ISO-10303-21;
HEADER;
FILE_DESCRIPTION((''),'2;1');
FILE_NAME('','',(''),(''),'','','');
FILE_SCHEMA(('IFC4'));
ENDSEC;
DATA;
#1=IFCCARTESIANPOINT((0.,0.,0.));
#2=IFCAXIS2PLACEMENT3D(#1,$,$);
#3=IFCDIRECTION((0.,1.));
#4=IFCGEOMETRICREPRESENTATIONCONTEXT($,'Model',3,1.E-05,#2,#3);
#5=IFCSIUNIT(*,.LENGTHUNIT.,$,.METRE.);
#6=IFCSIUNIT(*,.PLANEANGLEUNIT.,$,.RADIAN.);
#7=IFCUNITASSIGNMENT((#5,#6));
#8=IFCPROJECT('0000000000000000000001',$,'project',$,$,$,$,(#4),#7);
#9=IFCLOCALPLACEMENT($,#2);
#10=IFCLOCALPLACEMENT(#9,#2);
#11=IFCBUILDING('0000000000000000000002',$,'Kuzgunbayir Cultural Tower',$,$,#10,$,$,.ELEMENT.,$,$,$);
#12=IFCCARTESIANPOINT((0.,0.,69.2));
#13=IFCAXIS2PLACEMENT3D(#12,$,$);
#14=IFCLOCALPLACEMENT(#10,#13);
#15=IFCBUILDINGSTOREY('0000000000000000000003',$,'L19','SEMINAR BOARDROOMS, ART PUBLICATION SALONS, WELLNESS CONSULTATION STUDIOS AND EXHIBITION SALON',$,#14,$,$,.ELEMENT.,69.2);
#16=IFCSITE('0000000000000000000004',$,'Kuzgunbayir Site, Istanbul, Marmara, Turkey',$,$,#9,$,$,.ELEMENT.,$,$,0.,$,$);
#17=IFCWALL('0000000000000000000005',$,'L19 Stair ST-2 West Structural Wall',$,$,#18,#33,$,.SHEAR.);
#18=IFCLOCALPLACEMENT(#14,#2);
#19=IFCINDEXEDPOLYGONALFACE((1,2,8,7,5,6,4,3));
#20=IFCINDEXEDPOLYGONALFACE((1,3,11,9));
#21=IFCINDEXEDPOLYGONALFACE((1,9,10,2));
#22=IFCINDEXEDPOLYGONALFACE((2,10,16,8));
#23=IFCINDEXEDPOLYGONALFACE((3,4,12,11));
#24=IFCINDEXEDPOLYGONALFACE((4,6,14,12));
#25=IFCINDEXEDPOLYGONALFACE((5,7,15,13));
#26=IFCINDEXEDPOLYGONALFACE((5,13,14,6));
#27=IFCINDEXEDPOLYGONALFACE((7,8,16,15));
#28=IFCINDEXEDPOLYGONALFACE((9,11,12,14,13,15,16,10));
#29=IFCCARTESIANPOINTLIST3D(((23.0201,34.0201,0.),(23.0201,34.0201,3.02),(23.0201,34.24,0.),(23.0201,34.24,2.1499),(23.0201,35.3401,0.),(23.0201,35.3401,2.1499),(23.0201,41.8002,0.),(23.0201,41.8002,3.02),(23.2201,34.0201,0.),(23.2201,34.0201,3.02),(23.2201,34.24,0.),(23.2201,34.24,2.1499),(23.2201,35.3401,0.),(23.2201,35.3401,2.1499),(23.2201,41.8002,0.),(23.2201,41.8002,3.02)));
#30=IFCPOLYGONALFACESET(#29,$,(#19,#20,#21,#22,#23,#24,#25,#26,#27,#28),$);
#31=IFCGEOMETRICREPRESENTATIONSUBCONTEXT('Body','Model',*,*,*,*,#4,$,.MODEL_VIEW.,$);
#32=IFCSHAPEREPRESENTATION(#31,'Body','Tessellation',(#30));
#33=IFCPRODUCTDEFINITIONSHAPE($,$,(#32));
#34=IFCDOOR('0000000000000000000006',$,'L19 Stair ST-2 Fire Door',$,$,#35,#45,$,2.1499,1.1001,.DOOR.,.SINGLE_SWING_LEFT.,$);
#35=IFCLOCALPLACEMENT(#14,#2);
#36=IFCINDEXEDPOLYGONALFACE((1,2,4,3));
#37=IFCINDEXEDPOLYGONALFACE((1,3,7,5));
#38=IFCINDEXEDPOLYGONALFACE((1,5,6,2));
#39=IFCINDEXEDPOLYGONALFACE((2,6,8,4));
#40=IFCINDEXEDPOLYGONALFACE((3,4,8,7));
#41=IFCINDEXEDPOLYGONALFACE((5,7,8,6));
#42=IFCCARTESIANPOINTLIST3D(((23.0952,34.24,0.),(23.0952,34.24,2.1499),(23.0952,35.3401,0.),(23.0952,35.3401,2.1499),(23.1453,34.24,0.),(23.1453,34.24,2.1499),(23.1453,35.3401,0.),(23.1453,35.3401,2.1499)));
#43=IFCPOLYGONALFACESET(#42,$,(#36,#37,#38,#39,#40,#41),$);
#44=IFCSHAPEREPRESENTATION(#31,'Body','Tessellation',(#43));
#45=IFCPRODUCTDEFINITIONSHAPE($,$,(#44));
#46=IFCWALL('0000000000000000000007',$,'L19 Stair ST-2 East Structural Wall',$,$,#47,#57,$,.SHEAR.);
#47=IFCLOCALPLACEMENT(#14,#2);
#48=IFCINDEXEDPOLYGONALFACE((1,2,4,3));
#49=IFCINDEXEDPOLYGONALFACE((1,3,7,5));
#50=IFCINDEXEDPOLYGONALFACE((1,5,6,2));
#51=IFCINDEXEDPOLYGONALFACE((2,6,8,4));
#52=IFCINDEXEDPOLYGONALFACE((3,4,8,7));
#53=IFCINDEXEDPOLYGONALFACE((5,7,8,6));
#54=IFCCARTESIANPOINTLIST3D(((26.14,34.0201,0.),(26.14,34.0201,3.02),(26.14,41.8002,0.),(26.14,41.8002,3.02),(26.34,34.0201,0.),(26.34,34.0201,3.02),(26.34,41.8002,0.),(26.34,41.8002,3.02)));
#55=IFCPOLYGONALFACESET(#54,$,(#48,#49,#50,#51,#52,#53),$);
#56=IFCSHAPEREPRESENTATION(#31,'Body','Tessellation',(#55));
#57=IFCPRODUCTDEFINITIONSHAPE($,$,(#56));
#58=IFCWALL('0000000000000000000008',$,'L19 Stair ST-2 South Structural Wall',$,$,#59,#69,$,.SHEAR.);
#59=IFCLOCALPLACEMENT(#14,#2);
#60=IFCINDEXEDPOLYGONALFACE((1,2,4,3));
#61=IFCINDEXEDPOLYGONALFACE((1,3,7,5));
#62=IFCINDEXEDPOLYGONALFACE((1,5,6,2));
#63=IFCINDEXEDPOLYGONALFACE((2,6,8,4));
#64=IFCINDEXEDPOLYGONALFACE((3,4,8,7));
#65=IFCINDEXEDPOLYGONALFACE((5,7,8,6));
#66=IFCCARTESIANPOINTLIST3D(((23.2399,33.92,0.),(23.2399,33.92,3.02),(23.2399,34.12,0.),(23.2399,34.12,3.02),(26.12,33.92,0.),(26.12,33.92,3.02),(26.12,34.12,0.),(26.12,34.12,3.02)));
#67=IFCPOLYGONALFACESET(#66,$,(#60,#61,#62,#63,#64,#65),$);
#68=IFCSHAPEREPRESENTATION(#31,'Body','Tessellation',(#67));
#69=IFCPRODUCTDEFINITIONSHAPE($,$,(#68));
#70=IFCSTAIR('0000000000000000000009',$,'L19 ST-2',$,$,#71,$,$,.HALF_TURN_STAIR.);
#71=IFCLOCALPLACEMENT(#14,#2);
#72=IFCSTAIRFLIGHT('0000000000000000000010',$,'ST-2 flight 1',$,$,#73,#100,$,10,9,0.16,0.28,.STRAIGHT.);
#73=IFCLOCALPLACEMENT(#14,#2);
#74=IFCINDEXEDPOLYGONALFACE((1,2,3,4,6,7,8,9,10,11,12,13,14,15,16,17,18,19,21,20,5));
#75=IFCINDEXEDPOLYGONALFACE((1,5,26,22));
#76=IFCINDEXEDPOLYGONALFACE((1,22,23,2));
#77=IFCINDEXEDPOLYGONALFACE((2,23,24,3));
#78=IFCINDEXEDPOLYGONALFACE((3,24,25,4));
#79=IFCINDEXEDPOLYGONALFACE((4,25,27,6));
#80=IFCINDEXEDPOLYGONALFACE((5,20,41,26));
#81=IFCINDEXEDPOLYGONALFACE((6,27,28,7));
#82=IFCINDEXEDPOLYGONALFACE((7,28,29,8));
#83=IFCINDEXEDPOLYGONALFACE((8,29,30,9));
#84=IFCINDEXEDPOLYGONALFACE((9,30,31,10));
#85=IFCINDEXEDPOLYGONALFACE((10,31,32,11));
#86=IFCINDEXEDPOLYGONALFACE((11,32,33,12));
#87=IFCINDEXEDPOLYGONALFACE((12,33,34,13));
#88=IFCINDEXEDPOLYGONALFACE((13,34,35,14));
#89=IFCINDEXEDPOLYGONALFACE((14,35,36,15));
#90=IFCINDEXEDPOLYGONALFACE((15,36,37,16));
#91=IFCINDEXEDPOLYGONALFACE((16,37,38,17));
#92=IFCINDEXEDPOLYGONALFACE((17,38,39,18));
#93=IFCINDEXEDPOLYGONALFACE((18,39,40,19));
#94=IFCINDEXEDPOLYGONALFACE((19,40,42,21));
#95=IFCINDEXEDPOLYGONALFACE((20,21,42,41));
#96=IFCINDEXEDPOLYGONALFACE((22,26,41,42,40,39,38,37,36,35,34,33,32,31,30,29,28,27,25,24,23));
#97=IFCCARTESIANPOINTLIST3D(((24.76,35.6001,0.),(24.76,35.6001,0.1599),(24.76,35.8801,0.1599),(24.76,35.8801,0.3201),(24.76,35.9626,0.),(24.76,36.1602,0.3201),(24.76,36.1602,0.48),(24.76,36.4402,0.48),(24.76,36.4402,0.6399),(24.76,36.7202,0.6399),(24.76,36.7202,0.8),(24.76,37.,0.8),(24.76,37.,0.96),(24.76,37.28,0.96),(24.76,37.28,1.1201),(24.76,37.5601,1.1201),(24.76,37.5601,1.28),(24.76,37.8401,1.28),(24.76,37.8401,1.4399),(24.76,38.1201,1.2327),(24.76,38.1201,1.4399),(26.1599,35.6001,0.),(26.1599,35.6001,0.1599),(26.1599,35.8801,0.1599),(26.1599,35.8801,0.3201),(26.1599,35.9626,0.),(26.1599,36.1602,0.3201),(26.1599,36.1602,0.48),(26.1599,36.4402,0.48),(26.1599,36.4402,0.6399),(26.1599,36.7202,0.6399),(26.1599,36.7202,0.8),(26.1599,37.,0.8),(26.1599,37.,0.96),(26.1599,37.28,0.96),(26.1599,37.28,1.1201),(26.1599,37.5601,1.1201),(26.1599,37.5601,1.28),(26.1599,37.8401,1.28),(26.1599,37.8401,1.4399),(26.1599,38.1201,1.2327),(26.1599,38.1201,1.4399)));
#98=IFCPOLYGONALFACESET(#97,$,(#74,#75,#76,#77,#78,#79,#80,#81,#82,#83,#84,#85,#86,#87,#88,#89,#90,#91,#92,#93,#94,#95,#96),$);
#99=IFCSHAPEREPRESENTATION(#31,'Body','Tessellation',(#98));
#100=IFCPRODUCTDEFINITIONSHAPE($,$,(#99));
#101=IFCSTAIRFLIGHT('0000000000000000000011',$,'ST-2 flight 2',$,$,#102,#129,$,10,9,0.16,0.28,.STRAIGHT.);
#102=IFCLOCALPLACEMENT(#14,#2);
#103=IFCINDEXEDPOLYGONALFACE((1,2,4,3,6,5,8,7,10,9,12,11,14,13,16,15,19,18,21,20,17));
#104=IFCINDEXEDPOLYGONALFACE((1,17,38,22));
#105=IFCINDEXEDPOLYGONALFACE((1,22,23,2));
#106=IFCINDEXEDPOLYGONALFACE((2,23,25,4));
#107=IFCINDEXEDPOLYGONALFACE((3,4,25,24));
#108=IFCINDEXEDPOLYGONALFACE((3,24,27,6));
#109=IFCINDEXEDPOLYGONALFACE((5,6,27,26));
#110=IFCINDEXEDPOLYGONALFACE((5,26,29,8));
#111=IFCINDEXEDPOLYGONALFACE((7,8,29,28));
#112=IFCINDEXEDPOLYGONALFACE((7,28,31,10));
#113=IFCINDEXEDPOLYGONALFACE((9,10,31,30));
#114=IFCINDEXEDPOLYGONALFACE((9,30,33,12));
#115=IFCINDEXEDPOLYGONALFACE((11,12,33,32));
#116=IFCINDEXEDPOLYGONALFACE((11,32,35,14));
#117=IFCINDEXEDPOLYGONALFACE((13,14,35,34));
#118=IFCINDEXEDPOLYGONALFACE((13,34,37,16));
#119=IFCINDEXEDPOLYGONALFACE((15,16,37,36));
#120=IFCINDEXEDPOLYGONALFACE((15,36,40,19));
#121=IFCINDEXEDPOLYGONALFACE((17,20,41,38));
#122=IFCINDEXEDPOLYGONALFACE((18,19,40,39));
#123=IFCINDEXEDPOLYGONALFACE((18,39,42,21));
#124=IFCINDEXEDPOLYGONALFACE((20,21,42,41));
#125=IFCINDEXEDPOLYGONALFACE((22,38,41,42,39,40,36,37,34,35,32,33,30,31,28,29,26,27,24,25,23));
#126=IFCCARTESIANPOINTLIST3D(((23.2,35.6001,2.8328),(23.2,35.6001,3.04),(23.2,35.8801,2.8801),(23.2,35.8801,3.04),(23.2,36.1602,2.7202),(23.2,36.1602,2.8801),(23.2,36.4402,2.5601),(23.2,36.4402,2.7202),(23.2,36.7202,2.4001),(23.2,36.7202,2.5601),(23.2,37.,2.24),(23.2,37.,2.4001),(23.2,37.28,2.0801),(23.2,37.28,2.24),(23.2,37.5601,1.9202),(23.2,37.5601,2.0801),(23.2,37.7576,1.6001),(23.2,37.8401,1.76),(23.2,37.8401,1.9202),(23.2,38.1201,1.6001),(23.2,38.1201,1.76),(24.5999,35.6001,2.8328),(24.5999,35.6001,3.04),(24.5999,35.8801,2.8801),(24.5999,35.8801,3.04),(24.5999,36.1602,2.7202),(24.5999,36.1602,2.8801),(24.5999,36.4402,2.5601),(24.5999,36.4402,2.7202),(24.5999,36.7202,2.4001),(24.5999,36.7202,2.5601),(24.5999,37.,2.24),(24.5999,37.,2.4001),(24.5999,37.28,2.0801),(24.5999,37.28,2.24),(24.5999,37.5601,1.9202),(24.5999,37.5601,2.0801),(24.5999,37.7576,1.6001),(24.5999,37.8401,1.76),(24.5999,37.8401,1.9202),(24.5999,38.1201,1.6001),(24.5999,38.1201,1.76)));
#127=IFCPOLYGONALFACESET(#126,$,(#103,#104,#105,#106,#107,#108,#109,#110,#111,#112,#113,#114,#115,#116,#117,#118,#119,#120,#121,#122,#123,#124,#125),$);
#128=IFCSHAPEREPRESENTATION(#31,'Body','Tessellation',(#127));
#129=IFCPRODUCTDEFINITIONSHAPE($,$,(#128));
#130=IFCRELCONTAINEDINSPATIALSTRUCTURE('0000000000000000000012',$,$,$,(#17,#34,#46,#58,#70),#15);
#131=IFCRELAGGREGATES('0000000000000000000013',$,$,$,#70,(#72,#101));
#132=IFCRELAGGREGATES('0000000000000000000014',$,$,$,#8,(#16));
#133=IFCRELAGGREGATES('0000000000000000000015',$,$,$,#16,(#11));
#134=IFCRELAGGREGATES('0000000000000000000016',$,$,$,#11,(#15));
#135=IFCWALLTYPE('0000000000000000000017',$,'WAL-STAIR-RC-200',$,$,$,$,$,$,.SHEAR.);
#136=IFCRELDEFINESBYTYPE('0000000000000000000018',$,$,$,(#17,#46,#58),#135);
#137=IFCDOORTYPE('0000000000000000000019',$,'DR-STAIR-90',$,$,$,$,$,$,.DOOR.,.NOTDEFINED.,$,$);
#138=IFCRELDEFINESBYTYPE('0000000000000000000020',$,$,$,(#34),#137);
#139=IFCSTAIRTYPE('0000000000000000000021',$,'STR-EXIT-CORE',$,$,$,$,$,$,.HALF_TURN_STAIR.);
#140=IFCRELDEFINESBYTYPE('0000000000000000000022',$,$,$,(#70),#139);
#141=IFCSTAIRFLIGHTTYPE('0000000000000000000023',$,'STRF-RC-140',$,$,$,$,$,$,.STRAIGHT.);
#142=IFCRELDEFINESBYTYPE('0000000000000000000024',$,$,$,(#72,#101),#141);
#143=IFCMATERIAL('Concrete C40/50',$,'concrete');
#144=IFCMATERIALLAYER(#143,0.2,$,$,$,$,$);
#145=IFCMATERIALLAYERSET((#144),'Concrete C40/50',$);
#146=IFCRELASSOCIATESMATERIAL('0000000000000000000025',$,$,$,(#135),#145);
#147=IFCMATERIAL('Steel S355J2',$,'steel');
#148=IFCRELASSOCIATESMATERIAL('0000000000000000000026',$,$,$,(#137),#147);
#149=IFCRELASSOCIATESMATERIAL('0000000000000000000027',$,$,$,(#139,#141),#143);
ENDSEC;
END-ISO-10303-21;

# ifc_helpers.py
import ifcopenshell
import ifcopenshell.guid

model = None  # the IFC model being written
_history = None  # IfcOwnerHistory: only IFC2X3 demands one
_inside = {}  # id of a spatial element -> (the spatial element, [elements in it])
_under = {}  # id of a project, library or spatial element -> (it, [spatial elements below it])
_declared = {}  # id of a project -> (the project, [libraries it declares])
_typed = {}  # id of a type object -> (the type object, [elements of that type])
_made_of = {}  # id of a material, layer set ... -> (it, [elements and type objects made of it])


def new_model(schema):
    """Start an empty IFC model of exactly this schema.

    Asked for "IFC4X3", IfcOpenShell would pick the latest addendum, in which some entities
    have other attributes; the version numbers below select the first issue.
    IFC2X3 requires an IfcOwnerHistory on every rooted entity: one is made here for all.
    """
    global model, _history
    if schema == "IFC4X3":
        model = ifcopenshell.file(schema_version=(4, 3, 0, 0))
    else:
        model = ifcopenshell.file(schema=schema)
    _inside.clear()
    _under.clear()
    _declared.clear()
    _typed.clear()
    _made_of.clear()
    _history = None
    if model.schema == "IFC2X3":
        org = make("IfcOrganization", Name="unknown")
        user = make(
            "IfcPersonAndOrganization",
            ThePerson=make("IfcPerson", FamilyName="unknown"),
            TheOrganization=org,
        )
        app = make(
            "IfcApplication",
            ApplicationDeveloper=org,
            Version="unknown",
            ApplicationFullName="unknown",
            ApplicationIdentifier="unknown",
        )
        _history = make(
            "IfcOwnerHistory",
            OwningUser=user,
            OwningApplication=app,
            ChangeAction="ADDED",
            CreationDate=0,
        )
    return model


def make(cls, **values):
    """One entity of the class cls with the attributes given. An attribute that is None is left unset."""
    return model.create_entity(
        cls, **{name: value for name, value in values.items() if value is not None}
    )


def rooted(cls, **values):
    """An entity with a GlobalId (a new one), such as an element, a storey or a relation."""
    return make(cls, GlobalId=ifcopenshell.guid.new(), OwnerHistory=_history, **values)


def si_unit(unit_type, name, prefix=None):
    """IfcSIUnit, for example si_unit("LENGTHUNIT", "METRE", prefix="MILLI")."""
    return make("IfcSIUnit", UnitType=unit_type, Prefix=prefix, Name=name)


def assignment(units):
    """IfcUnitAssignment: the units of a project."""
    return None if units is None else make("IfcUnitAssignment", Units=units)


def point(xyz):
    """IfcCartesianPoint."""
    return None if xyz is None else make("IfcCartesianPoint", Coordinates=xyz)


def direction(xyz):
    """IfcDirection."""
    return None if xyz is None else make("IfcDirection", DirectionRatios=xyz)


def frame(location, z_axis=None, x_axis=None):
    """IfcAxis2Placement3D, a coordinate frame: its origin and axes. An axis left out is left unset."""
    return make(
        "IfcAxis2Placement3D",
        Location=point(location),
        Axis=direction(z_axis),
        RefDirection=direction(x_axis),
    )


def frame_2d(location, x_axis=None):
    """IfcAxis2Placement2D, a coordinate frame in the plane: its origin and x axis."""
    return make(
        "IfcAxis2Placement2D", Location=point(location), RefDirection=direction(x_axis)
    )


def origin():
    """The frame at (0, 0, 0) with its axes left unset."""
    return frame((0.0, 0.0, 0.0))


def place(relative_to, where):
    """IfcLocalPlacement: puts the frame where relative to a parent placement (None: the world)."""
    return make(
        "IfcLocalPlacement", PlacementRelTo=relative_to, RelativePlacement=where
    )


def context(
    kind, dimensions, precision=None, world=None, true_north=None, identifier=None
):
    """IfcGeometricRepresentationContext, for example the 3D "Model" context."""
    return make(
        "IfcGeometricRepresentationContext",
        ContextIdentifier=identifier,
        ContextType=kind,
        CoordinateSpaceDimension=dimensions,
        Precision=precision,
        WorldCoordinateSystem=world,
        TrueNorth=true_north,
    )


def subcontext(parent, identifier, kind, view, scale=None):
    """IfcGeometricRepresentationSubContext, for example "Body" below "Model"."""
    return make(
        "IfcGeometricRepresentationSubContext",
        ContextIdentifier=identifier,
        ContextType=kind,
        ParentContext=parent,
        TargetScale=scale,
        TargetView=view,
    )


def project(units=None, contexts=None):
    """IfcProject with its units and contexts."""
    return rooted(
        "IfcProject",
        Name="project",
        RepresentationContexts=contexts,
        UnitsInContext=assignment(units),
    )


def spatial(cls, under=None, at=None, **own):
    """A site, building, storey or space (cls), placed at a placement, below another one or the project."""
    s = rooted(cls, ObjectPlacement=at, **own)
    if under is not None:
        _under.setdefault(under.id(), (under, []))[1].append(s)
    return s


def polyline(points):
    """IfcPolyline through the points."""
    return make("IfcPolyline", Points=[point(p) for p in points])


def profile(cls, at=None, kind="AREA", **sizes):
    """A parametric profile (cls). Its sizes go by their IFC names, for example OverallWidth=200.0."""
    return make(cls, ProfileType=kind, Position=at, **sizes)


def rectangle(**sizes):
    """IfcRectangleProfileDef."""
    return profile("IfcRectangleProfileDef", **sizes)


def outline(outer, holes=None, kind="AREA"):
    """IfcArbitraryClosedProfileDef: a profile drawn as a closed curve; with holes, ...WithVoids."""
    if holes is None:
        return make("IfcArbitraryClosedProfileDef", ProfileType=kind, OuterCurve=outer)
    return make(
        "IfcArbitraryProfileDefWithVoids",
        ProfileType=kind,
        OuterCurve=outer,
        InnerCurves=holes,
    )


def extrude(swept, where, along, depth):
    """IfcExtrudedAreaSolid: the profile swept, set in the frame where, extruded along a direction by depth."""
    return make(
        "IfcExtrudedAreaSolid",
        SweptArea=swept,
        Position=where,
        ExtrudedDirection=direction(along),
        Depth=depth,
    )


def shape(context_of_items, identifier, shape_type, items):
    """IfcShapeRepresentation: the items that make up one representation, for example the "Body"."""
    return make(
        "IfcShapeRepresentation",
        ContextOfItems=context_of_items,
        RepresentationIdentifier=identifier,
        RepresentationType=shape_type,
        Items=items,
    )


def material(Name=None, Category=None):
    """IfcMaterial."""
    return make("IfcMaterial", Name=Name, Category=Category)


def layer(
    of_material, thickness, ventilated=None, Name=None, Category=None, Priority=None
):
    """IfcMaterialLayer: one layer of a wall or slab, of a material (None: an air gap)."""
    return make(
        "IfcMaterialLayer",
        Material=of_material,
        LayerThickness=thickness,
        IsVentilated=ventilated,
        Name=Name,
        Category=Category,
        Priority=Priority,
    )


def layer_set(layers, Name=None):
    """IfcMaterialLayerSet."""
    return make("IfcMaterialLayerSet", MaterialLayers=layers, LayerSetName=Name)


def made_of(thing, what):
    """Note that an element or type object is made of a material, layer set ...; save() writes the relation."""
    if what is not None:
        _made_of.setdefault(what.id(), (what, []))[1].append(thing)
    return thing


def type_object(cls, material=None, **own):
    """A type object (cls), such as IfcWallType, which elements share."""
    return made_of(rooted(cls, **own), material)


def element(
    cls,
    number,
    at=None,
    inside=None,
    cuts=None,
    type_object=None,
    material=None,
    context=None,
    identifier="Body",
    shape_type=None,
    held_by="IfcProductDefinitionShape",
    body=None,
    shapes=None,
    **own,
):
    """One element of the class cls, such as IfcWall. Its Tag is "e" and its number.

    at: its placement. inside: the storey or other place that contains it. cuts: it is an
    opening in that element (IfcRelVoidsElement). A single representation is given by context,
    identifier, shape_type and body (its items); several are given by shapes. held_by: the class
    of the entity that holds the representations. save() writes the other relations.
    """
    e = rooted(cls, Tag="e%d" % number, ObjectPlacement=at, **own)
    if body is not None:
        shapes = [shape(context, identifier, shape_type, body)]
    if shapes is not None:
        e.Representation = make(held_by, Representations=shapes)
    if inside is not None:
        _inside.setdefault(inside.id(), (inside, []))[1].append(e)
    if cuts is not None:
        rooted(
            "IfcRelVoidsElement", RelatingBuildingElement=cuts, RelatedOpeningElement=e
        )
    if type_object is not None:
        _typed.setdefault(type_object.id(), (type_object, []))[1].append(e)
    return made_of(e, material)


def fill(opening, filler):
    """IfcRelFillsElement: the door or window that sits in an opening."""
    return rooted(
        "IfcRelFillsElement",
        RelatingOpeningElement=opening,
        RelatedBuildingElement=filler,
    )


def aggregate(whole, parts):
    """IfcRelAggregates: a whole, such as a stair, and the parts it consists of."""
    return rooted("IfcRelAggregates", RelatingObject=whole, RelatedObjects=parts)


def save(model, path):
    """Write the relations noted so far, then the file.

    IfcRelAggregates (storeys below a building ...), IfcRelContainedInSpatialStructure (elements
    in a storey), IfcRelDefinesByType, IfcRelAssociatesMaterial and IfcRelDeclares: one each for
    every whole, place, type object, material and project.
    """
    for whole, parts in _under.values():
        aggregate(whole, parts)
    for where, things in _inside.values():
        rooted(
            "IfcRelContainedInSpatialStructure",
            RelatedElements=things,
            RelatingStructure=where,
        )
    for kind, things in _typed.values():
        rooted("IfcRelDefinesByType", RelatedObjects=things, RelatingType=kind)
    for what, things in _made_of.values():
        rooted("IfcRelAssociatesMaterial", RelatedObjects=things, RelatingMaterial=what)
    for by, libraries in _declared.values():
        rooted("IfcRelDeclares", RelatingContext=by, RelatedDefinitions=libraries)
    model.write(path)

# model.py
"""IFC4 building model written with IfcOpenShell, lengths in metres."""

from ifc_helpers import new_model, si_unit, direction, frame, frame_2d, origin, place, context, subcontext, project, spatial, polyline, rectangle, outline, extrude, material, layer, layer_set, type_object, element, fill, aggregate, save


model = new_model("IFC4")

# Units and contexts
model_context = context("Model", 3, precision=1e-05, world=origin(), true_north=direction((0.0, 1.0)))
body_context = subcontext(model_context, "Body", "Model", "MODEL_VIEW")
ifc_project = project(units=[si_unit("LENGTHUNIT", "METRE"), si_unit("PLANEANGLEUNIT", "RADIAN")], contexts=[model_context])

# Site, building, storey
site_placement = place(None, origin())
site = spatial("IfcSite", under=ifc_project, at=site_placement, Name="Kuzgunbayir Site, Istanbul, Marmara, Turkey", CompositionType="ELEMENT", RefElevation=0.0)
building_placement = place(site_placement, origin())
building = spatial("IfcBuilding", under=site, at=building_placement, Name="Kuzgunbayir Cultural Tower", CompositionType="ELEMENT")
storey_placement = place(building_placement, frame((0.0, 0.0, 69.2)))
storey = spatial("IfcBuildingStorey", under=building, at=storey_placement, Name="L19", Description="SEMINAR BOARDROOMS, ART PUBLICATION SALONS, WELLNESS CONSULTATION STUDIOS AND EXHIBITION SALON", CompositionType="ELEMENT", Elevation=69.2)

# Shared definitions
ifc_material_1 = material(Name="Steel S355J2", Category="steel")

# Wall, opening, door
ifc_material_2 = material(Name="Concrete C40/50", Category="concrete")
ifc_layer_1 = layer(ifc_material_2, 0.2)
ifc_layer_set_1 = layer_set([ifc_layer_1], Name="Concrete C40/50")
wall_type_1 = type_object("IfcWallType", Name="WAL-STAIR-RC-200", PredefinedType="SHEAR", material=ifc_layer_set_1)
wall_1_placement = place(storey_placement, frame((23.1201, 34.02, 0.0), z_axis=(0.0, 0.0, 1.0), x_axis=(0.0, 1.0, 0.0)))
wall_1 = element("IfcWall", 1, at=wall_1_placement, inside=storey, type_object=wall_type_1, Name="L19 Stair ST-2 West Structural Wall", PredefinedType="SHEAR", context=body_context, shape_type="SweptSolid", body=[
    extrude(rectangle(XDim=7.78, YDim=0.2, at=frame_2d((3.8901, 0.0))), origin(), (0.0, 0.0, 1.0), 3.02),
])
opening_1_placement = place(wall_1_placement, frame((0.22, 0.0, 0.0)))
opening_1 = element("IfcOpeningElement", 2, at=opening_1_placement, cuts=wall_1, PredefinedType="OPENING", context=body_context, shape_type="SweptSolid", body=[
    extrude(rectangle(XDim=1.1001, YDim=2.1499, at=frame_2d((0.55, 1.075))), frame((0.0, 0.1099, 0.0), z_axis=(0.0, -1.0, 0.0), x_axis=(1.0, 0.0, 0.0)), (0.0, 0.0, 1.0), 0.22),
])
door_type_1 = type_object("IfcDoorType", Name="DR-STAIR-90", OperationType="NOTDEFINED", PredefinedType="DOOR", material=ifc_material_1)
door_1_placement = place(opening_1_placement, origin())
door_1 = element("IfcDoor", 3, at=door_1_placement, inside=storey, type_object=door_type_1, Name="L19 Stair ST-2 Fire Door", OperationType="SINGLE_SWING_LEFT", OverallHeight=2.1499, OverallWidth=1.1001, PredefinedType="DOOR", context=body_context, shape_type="SweptSolid", body=[
    extrude(rectangle(XDim=1.1001, YDim=2.1499, at=frame_2d((0.55, 1.075))), frame((0.0, 0.0249, 0.0), z_axis=(0.0, -1.0, 0.0), x_axis=(1.0, 0.0, 0.0)), (0.0, 0.0, 1.0), 0.05),
])
fill(opening_1, door_1)

# Walls
wall_2_placement = place(storey_placement, frame((26.24, 34.02, 0.0), z_axis=(0.0, 0.0, 1.0), x_axis=(0.0, 1.0, 0.0)))
element("IfcWall", 4, at=wall_2_placement, inside=storey, type_object=wall_type_1, Name="L19 Stair ST-2 East Structural Wall", PredefinedType="SHEAR", context=body_context, shape_type="SweptSolid", body=[
    extrude(rectangle(XDim=7.78, YDim=0.2, at=frame_2d((3.8901, 0.0))), origin(), (0.0, 0.0, 1.0), 3.02),
])
wall_3_placement = place(storey_placement, frame((23.24, 34.02, 0.0), z_axis=(0.0, 0.0, 1.0), x_axis=(1.0, 0.0, 0.0)))
element("IfcWall", 5, at=wall_3_placement, inside=storey, type_object=wall_type_1, Name="L19 Stair ST-2 South Structural Wall", PredefinedType="SHEAR", context=body_context, shape_type="SweptSolid", body=[
    extrude(rectangle(XDim=2.8801, YDim=0.2, at=frame_2d((1.4399, 0.0))), origin(), (0.0, 0.0, 1.0), 3.02),
])

# Stair, stair flights
stair_type = type_object("IfcStairType", Name="STR-EXIT-CORE", PredefinedType="HALF_TURN_STAIR", material=ifc_material_2)
stair_placement = place(storey_placement, origin())
stair = element("IfcStair", 6, at=stair_placement, inside=storey, type_object=stair_type, Name="L19 ST-2", PredefinedType="HALF_TURN_STAIR")
stair_flight_type = type_object("IfcStairFlightType", Name="STRF-RC-140", PredefinedType="STRAIGHT", material=ifc_material_2)
stair_flight_1_placement = place(storey_placement, frame((25.46, 35.6001, 0.0), z_axis=(0.0, 0.0, 1.0), x_axis=(0.0, 1.0, 0.0)))
stair_flight_1 = element("IfcStairFlight", 7, at=stair_flight_1_placement, type_object=stair_flight_type, Name="ST-2 flight 1", NumberOfRisers=10, NumberOfTreads=9, PredefinedType="STRAIGHT", RiserHeight=0.16, TreadLength=0.28, context=body_context, shape_type="SweptSolid", body=[
    extrude(outline(polyline([(0.0, 0.0), (0.0, 0.1599), (0.28, 0.1599), (0.28, 0.3201), (0.5601, 0.3201), (0.5601, 0.48), (0.8401, 0.48), (0.8401, 0.6399), (1.1201, 0.6399), (1.1201, 0.8), (1.3999, 0.8), (1.3999, 0.96), (1.6799, 0.96), (1.6799, 1.1201), (1.96, 1.1201), (1.96, 1.28), (2.24, 1.28), (2.24, 1.4399), (2.52, 1.4399), (2.52, 1.6001), (2.52, 1.2327), (0.3625, 0.0), (0.0, 0.0)])), frame((0.0, 0.7, 0.0), z_axis=(0.0, -1.0, 0.0), x_axis=(1.0, 0.0, 0.0)), (0.0, 0.0, 1.0), 1.3999),
])
stair_flight_2_placement = place(storey_placement, frame((23.8999, 38.1201, 1.6001), z_axis=(0.0, 0.0, 1.0), x_axis=(0.0, -1.0, 0.0)))
stair_flight_2 = element("IfcStairFlight", 8, at=stair_flight_2_placement, type_object=stair_flight_type, Name="ST-2 flight 2", NumberOfRisers=10, NumberOfTreads=9, PredefinedType="STRAIGHT", RiserHeight=0.16, TreadLength=0.28, context=body_context, shape_type="SweptSolid", body=[
    extrude(outline(polyline([(0.0, 0.0), (0.0, 0.1599), (0.28, 0.1599), (0.28, 0.3201), (0.5601, 0.3201), (0.5601, 0.48), (0.8401, 0.48), (0.8401, 0.6399), (1.1201, 0.6399), (1.1201, 0.8), (1.3999, 0.8), (1.3999, 0.96), (1.6799, 0.96), (1.6799, 1.1201), (1.96, 1.1201), (1.96, 1.28), (2.24, 1.28), (2.24, 1.4399), (2.52, 1.4399), (2.52, 1.6001), (2.52, 1.2327), (0.3625, 0.0), (0.0, 0.0)])), frame((0.0, 0.7, 0.0), z_axis=(0.0, -1.0, 0.0), x_axis=(1.0, 0.0, 0.0)), (0.0, 0.0, 1.0), 1.3999),
])
aggregate(stair, [stair_flight_1, stair_flight_2])

save(model, "model.ifc")
